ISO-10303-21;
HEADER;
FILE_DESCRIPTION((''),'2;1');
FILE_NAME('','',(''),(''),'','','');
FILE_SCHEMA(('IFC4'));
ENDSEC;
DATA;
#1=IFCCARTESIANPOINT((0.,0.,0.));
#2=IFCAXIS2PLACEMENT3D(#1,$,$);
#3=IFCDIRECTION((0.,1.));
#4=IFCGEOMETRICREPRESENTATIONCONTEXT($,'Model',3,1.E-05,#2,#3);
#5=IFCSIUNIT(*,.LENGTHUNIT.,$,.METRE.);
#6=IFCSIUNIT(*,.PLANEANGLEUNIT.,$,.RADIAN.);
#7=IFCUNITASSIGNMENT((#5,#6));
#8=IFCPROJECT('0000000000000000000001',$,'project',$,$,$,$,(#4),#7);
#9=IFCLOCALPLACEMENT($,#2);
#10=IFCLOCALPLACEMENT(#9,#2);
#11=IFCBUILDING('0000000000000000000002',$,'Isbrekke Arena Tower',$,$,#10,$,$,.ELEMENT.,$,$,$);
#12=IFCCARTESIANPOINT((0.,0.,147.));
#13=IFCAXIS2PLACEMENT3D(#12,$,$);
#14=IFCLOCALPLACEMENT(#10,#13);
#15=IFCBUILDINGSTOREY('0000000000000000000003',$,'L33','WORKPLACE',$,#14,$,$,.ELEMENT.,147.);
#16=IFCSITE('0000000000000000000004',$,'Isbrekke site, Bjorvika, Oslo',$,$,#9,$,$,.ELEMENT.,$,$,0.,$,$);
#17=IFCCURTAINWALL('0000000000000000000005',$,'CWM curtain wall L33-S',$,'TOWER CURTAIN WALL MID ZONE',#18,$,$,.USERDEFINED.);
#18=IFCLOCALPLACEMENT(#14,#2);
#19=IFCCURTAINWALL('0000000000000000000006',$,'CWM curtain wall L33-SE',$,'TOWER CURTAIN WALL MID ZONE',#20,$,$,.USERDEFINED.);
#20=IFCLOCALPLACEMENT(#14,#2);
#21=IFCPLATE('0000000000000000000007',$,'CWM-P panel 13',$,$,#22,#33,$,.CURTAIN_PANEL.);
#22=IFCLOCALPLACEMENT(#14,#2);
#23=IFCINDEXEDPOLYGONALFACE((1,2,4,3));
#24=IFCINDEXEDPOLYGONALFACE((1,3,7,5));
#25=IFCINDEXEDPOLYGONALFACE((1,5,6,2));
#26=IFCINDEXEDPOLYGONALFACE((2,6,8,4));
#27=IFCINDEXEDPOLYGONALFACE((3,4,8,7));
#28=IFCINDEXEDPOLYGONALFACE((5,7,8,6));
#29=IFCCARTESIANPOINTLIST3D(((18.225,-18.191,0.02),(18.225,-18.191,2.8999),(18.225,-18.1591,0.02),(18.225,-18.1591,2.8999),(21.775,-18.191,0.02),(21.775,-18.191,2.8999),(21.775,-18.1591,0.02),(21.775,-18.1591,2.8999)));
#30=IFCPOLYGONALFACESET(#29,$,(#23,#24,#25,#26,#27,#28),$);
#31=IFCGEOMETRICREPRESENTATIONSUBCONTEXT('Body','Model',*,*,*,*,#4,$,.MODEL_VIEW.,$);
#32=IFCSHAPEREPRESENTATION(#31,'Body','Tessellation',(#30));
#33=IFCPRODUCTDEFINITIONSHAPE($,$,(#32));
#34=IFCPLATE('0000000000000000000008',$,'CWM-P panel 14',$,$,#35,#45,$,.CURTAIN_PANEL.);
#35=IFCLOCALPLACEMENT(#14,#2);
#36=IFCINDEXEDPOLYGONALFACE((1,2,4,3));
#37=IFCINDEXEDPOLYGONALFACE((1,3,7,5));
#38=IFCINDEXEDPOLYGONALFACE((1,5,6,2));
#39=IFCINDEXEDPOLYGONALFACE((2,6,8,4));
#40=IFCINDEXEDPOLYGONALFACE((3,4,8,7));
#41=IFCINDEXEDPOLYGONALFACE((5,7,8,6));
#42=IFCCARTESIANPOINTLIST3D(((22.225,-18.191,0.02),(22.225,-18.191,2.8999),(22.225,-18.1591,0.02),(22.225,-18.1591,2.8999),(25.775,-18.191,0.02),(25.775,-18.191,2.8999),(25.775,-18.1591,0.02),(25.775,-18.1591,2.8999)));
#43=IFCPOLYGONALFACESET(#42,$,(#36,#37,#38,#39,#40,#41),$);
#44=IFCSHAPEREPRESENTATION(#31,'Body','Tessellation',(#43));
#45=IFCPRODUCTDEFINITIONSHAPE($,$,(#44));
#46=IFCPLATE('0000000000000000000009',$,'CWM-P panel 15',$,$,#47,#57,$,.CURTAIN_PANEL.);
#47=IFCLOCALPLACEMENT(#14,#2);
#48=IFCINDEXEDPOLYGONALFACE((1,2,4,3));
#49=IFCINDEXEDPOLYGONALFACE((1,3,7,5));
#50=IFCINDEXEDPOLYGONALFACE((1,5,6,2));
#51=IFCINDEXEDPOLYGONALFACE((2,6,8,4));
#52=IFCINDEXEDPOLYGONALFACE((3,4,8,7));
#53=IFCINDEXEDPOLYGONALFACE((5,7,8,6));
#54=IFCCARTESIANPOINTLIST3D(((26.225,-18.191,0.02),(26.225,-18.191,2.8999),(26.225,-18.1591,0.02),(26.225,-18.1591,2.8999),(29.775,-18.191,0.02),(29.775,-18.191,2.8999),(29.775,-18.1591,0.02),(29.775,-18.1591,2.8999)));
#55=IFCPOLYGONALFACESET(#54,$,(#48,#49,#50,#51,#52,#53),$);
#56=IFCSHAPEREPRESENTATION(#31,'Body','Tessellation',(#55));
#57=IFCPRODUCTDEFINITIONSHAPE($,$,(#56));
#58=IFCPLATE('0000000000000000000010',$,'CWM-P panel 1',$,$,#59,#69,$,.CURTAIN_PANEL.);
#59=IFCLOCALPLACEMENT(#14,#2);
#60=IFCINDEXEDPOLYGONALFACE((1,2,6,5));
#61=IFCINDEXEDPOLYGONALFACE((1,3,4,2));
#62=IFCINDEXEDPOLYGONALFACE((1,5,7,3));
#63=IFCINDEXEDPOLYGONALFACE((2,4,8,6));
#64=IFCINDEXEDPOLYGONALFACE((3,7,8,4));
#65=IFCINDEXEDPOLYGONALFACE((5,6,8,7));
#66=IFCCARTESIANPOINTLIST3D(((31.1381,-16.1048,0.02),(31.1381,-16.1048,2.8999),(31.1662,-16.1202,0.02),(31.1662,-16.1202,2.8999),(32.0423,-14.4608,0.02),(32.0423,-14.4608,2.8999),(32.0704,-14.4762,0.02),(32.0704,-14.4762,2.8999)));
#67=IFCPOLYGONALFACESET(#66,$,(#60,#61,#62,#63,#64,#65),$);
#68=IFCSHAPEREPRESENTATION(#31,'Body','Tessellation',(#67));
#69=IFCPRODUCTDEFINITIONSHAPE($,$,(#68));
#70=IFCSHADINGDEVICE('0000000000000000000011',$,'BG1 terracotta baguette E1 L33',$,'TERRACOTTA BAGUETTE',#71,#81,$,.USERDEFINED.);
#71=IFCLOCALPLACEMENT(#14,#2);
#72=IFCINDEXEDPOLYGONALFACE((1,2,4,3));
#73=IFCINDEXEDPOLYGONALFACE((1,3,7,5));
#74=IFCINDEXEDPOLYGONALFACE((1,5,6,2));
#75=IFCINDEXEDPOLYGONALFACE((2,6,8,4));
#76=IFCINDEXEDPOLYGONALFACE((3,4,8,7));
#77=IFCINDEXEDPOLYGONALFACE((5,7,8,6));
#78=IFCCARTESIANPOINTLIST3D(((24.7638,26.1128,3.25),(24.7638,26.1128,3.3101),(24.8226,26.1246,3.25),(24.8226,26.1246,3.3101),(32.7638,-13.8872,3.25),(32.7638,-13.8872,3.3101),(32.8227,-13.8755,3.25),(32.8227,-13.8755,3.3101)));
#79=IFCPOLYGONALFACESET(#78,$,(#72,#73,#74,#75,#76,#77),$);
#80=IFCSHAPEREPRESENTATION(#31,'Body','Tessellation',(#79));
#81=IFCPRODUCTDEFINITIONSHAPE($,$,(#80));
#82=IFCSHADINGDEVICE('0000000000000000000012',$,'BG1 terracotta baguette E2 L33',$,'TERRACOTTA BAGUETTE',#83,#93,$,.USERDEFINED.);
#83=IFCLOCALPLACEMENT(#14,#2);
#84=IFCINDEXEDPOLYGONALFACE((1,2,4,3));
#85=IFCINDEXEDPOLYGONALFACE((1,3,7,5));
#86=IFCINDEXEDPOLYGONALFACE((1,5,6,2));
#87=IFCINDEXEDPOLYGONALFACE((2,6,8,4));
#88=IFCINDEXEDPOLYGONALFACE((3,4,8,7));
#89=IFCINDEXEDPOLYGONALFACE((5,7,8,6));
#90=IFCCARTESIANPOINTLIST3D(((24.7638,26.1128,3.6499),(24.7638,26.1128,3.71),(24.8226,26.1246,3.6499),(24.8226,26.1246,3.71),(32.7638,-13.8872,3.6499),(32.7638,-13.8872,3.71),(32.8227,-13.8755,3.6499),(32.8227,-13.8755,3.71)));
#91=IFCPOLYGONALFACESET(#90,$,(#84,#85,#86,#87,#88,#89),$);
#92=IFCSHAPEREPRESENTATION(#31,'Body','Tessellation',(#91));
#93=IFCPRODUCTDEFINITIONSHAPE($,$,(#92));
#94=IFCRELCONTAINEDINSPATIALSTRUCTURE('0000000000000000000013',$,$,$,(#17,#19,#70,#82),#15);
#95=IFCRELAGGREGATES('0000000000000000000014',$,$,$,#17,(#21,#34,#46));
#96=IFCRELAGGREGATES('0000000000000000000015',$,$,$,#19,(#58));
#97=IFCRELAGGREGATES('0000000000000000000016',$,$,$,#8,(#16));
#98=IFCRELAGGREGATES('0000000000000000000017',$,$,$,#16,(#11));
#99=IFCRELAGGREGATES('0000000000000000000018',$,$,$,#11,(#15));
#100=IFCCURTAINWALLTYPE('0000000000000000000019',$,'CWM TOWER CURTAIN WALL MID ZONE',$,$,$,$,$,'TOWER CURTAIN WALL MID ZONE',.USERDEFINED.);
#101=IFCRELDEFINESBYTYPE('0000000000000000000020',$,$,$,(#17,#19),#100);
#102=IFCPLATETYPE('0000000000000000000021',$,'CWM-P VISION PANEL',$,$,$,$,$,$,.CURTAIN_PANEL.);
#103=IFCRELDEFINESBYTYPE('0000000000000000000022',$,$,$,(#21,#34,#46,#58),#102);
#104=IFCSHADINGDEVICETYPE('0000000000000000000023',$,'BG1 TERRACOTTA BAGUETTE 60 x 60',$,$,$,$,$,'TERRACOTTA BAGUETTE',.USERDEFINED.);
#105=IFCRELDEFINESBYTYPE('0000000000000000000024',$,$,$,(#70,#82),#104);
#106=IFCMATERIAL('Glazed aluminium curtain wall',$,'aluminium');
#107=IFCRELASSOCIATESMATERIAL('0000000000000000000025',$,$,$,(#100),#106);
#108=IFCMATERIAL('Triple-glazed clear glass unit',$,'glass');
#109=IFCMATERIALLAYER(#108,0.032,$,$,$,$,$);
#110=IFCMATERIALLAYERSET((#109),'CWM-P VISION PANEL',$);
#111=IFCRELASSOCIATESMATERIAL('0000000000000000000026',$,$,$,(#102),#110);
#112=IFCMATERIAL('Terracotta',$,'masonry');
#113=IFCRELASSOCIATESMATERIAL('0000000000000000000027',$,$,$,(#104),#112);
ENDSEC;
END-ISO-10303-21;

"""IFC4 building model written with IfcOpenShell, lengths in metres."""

from ifc_helpers import new_model, si_unit, direction, frame, origin, origin_2d, place, context, subcontext, project, spatial, rectangle, extrude, material, layer, layer_set, material_profile, profile_set, type_object, element, aggregate, save


model = new_model("IFC4")

# Units and contexts
model_context = context("Model", 3, precision=1e-05, world=origin(), true_north=direction((0.0, 1.0)))
body_context = subcontext(model_context, "Body", "Model", "MODEL_VIEW")
ifc_project = project(units=[si_unit("LENGTHUNIT", "METRE"), si_unit("PLANEANGLEUNIT", "RADIAN")], contexts=[model_context])

# Site, building, storey
site_placement = place(None, origin())
site = spatial("IfcSite", under=ifc_project, at=site_placement, Name="Isbrekke site, Bjorvika, Oslo", CompositionType="ELEMENT", RefElevation=0.0)
building_placement = place(site_placement, origin())
building = spatial("IfcBuilding", under=site, at=building_placement, Name="Isbrekke Arena Tower", CompositionType="ELEMENT")
storey_placement = place(building_placement, frame((0.0, 0.0, 147.0)))
storey = spatial("IfcBuildingStorey", under=building, at=storey_placement, Name="L33", Description="WORKPLACE", CompositionType="ELEMENT", Elevation=147.0)

# Curtain walls
ifc_material_1 = material(Name="Glazed aluminium curtain wall", Category="aluminium")
curtain_wall_type = type_object("IfcCurtainWallType", Name="CWM TOWER CURTAIN WALL MID ZONE", ElementType="TOWER CURTAIN WALL MID ZONE", PredefinedType="USERDEFINED", material=ifc_material_1)
curtain_wall_1_placement = place(storey_placement, origin())
curtain_wall_1 = element("IfcCurtainWall", 1, at=curtain_wall_1_placement, inside=storey, type_object=curtain_wall_type, Name="CWM curtain wall L33-S", ObjectType="TOWER CURTAIN WALL MID ZONE", PredefinedType="USERDEFINED")
curtain_wall_2_placement = place(storey_placement, origin())
curtain_wall_2 = element("IfcCurtainWall", 2, at=curtain_wall_2_placement, inside=storey, type_object=curtain_wall_type, Name="CWM curtain wall L33-SE", ObjectType="TOWER CURTAIN WALL MID ZONE", PredefinedType="USERDEFINED")

# Plates
ifc_material_2 = material(Name="Triple-glazed clear glass unit", Category="glass")
ifc_layer = layer(ifc_material_2, 0.032)
ifc_layer_set = layer_set([ifc_layer], Name="CWM-P VISION PANEL")
plate_type = type_object("IfcPlateType", Name="CWM-P VISION PANEL", PredefinedType="CURTAIN_PANEL", material=ifc_layer_set)
plate_1_placement = place(storey_placement, frame((20.0, -18.175, 0.02), z_axis=(0.0, 0.0, 1.0), x_axis=(1.0, 0.0, 0.0)))
plate_1 = element("IfcPlate", 3, at=plate_1_placement, type_object=plate_type, Name="CWM-P panel 13", PredefinedType="CURTAIN_PANEL", context=body_context, shape_type="SweptSolid", body=[
    extrude(rectangle(XDim=3.55, YDim=0.032, at=origin_2d()), origin(), (0.0, 0.0, 1.0), 2.8799),
])
plate_2_placement = place(storey_placement, frame((24.0, -18.175, 0.02), z_axis=(0.0, 0.0, 1.0), x_axis=(1.0, 0.0, 0.0)))
plate_2 = element("IfcPlate", 4, at=plate_2_placement, type_object=plate_type, Name="CWM-P panel 14", PredefinedType="CURTAIN_PANEL", context=body_context, shape_type="SweptSolid", body=[
    extrude(rectangle(XDim=3.55, YDim=0.032, at=origin_2d()), origin(), (0.0, 0.0, 1.0), 2.8799),
])
plate_3_placement = place(storey_placement, frame((28.0, -18.175, 0.02), z_axis=(0.0, 0.0, 1.0), x_axis=(1.0, 0.0, 0.0)))
plate_3 = element("IfcPlate", 5, at=plate_3_placement, type_object=plate_type, Name="CWM-P panel 15", PredefinedType="CURTAIN_PANEL", context=body_context, shape_type="SweptSolid", body=[
    extrude(rectangle(XDim=3.55, YDim=0.032, at=origin_2d()), origin(), (0.0, 0.0, 1.0), 2.8799),
])
aggregate(curtain_wall_1, [plate_1, plate_2, plate_3])
plate_4_placement = place(storey_placement, frame((31.6042, -15.2905, 0.02), z_axis=(0.0, 0.0, 1.0), x_axis=(0.481919, 0.876216, 0.0)))
plate_4 = element("IfcPlate", 6, at=plate_4_placement, type_object=plate_type, Name="CWM-P panel 1", PredefinedType="CURTAIN_PANEL", context=body_context, shape_type="SweptSolid", body=[
    extrude(rectangle(XDim=1.8762, YDim=0.032, at=origin_2d()), origin(), (0.0, 0.0, 1.0), 2.8799),
])
aggregate(curtain_wall_2, [plate_4])

# Shading devices
ifc_material_3 = material(Name="Terracotta", Category="masonry")
ifc_material_profile_1 = material_profile(ifc_material_3, rectangle(XDim=0.0601, YDim=0.0601, at=origin_2d()), Name="BAGUETTE 60X60")
ifc_profile_set_1 = profile_set([ifc_material_profile_1], Name="Terracotta")
shading_device_type = type_object("IfcShadingDeviceType", Name="BG1 TERRACOTTA BAGUETTE 60 x 60", ElementType="TERRACOTTA BAGUETTE", PredefinedType="USERDEFINED", material=ifc_profile_set_1)
for number, where, z_axis, x_axis, name in (
    (7, (32.7932, -13.8813, 3.28), (-0.196116, 0.980581, 0.0), (-0.980581, -0.196116, 0.0), "BG1 terracotta baguette E1 L33"),
    (8, (32.7932, -13.8813, 3.6799), (-0.196116, 0.980581, 0.0), (-0.980581, -0.196116, 0.0), "BG1 terracotta baguette E2 L33"),
):
    element("IfcShadingDevice", number, at=place(storey_placement, frame(where, z_axis=z_axis, x_axis=x_axis)), inside=storey, type_object=shading_device_type, Name=name, ObjectType="TERRACOTTA BAGUETTE", PredefinedType="USERDEFINED", context=body_context, shape_type="SweptSolid", body=[
        extrude(rectangle(XDim=0.0601, YDim=0.0601, at=origin_2d()), origin(), (0.0, 0.0, 1.0), 40.7922),
    ])

save(model, "model.ifc")
